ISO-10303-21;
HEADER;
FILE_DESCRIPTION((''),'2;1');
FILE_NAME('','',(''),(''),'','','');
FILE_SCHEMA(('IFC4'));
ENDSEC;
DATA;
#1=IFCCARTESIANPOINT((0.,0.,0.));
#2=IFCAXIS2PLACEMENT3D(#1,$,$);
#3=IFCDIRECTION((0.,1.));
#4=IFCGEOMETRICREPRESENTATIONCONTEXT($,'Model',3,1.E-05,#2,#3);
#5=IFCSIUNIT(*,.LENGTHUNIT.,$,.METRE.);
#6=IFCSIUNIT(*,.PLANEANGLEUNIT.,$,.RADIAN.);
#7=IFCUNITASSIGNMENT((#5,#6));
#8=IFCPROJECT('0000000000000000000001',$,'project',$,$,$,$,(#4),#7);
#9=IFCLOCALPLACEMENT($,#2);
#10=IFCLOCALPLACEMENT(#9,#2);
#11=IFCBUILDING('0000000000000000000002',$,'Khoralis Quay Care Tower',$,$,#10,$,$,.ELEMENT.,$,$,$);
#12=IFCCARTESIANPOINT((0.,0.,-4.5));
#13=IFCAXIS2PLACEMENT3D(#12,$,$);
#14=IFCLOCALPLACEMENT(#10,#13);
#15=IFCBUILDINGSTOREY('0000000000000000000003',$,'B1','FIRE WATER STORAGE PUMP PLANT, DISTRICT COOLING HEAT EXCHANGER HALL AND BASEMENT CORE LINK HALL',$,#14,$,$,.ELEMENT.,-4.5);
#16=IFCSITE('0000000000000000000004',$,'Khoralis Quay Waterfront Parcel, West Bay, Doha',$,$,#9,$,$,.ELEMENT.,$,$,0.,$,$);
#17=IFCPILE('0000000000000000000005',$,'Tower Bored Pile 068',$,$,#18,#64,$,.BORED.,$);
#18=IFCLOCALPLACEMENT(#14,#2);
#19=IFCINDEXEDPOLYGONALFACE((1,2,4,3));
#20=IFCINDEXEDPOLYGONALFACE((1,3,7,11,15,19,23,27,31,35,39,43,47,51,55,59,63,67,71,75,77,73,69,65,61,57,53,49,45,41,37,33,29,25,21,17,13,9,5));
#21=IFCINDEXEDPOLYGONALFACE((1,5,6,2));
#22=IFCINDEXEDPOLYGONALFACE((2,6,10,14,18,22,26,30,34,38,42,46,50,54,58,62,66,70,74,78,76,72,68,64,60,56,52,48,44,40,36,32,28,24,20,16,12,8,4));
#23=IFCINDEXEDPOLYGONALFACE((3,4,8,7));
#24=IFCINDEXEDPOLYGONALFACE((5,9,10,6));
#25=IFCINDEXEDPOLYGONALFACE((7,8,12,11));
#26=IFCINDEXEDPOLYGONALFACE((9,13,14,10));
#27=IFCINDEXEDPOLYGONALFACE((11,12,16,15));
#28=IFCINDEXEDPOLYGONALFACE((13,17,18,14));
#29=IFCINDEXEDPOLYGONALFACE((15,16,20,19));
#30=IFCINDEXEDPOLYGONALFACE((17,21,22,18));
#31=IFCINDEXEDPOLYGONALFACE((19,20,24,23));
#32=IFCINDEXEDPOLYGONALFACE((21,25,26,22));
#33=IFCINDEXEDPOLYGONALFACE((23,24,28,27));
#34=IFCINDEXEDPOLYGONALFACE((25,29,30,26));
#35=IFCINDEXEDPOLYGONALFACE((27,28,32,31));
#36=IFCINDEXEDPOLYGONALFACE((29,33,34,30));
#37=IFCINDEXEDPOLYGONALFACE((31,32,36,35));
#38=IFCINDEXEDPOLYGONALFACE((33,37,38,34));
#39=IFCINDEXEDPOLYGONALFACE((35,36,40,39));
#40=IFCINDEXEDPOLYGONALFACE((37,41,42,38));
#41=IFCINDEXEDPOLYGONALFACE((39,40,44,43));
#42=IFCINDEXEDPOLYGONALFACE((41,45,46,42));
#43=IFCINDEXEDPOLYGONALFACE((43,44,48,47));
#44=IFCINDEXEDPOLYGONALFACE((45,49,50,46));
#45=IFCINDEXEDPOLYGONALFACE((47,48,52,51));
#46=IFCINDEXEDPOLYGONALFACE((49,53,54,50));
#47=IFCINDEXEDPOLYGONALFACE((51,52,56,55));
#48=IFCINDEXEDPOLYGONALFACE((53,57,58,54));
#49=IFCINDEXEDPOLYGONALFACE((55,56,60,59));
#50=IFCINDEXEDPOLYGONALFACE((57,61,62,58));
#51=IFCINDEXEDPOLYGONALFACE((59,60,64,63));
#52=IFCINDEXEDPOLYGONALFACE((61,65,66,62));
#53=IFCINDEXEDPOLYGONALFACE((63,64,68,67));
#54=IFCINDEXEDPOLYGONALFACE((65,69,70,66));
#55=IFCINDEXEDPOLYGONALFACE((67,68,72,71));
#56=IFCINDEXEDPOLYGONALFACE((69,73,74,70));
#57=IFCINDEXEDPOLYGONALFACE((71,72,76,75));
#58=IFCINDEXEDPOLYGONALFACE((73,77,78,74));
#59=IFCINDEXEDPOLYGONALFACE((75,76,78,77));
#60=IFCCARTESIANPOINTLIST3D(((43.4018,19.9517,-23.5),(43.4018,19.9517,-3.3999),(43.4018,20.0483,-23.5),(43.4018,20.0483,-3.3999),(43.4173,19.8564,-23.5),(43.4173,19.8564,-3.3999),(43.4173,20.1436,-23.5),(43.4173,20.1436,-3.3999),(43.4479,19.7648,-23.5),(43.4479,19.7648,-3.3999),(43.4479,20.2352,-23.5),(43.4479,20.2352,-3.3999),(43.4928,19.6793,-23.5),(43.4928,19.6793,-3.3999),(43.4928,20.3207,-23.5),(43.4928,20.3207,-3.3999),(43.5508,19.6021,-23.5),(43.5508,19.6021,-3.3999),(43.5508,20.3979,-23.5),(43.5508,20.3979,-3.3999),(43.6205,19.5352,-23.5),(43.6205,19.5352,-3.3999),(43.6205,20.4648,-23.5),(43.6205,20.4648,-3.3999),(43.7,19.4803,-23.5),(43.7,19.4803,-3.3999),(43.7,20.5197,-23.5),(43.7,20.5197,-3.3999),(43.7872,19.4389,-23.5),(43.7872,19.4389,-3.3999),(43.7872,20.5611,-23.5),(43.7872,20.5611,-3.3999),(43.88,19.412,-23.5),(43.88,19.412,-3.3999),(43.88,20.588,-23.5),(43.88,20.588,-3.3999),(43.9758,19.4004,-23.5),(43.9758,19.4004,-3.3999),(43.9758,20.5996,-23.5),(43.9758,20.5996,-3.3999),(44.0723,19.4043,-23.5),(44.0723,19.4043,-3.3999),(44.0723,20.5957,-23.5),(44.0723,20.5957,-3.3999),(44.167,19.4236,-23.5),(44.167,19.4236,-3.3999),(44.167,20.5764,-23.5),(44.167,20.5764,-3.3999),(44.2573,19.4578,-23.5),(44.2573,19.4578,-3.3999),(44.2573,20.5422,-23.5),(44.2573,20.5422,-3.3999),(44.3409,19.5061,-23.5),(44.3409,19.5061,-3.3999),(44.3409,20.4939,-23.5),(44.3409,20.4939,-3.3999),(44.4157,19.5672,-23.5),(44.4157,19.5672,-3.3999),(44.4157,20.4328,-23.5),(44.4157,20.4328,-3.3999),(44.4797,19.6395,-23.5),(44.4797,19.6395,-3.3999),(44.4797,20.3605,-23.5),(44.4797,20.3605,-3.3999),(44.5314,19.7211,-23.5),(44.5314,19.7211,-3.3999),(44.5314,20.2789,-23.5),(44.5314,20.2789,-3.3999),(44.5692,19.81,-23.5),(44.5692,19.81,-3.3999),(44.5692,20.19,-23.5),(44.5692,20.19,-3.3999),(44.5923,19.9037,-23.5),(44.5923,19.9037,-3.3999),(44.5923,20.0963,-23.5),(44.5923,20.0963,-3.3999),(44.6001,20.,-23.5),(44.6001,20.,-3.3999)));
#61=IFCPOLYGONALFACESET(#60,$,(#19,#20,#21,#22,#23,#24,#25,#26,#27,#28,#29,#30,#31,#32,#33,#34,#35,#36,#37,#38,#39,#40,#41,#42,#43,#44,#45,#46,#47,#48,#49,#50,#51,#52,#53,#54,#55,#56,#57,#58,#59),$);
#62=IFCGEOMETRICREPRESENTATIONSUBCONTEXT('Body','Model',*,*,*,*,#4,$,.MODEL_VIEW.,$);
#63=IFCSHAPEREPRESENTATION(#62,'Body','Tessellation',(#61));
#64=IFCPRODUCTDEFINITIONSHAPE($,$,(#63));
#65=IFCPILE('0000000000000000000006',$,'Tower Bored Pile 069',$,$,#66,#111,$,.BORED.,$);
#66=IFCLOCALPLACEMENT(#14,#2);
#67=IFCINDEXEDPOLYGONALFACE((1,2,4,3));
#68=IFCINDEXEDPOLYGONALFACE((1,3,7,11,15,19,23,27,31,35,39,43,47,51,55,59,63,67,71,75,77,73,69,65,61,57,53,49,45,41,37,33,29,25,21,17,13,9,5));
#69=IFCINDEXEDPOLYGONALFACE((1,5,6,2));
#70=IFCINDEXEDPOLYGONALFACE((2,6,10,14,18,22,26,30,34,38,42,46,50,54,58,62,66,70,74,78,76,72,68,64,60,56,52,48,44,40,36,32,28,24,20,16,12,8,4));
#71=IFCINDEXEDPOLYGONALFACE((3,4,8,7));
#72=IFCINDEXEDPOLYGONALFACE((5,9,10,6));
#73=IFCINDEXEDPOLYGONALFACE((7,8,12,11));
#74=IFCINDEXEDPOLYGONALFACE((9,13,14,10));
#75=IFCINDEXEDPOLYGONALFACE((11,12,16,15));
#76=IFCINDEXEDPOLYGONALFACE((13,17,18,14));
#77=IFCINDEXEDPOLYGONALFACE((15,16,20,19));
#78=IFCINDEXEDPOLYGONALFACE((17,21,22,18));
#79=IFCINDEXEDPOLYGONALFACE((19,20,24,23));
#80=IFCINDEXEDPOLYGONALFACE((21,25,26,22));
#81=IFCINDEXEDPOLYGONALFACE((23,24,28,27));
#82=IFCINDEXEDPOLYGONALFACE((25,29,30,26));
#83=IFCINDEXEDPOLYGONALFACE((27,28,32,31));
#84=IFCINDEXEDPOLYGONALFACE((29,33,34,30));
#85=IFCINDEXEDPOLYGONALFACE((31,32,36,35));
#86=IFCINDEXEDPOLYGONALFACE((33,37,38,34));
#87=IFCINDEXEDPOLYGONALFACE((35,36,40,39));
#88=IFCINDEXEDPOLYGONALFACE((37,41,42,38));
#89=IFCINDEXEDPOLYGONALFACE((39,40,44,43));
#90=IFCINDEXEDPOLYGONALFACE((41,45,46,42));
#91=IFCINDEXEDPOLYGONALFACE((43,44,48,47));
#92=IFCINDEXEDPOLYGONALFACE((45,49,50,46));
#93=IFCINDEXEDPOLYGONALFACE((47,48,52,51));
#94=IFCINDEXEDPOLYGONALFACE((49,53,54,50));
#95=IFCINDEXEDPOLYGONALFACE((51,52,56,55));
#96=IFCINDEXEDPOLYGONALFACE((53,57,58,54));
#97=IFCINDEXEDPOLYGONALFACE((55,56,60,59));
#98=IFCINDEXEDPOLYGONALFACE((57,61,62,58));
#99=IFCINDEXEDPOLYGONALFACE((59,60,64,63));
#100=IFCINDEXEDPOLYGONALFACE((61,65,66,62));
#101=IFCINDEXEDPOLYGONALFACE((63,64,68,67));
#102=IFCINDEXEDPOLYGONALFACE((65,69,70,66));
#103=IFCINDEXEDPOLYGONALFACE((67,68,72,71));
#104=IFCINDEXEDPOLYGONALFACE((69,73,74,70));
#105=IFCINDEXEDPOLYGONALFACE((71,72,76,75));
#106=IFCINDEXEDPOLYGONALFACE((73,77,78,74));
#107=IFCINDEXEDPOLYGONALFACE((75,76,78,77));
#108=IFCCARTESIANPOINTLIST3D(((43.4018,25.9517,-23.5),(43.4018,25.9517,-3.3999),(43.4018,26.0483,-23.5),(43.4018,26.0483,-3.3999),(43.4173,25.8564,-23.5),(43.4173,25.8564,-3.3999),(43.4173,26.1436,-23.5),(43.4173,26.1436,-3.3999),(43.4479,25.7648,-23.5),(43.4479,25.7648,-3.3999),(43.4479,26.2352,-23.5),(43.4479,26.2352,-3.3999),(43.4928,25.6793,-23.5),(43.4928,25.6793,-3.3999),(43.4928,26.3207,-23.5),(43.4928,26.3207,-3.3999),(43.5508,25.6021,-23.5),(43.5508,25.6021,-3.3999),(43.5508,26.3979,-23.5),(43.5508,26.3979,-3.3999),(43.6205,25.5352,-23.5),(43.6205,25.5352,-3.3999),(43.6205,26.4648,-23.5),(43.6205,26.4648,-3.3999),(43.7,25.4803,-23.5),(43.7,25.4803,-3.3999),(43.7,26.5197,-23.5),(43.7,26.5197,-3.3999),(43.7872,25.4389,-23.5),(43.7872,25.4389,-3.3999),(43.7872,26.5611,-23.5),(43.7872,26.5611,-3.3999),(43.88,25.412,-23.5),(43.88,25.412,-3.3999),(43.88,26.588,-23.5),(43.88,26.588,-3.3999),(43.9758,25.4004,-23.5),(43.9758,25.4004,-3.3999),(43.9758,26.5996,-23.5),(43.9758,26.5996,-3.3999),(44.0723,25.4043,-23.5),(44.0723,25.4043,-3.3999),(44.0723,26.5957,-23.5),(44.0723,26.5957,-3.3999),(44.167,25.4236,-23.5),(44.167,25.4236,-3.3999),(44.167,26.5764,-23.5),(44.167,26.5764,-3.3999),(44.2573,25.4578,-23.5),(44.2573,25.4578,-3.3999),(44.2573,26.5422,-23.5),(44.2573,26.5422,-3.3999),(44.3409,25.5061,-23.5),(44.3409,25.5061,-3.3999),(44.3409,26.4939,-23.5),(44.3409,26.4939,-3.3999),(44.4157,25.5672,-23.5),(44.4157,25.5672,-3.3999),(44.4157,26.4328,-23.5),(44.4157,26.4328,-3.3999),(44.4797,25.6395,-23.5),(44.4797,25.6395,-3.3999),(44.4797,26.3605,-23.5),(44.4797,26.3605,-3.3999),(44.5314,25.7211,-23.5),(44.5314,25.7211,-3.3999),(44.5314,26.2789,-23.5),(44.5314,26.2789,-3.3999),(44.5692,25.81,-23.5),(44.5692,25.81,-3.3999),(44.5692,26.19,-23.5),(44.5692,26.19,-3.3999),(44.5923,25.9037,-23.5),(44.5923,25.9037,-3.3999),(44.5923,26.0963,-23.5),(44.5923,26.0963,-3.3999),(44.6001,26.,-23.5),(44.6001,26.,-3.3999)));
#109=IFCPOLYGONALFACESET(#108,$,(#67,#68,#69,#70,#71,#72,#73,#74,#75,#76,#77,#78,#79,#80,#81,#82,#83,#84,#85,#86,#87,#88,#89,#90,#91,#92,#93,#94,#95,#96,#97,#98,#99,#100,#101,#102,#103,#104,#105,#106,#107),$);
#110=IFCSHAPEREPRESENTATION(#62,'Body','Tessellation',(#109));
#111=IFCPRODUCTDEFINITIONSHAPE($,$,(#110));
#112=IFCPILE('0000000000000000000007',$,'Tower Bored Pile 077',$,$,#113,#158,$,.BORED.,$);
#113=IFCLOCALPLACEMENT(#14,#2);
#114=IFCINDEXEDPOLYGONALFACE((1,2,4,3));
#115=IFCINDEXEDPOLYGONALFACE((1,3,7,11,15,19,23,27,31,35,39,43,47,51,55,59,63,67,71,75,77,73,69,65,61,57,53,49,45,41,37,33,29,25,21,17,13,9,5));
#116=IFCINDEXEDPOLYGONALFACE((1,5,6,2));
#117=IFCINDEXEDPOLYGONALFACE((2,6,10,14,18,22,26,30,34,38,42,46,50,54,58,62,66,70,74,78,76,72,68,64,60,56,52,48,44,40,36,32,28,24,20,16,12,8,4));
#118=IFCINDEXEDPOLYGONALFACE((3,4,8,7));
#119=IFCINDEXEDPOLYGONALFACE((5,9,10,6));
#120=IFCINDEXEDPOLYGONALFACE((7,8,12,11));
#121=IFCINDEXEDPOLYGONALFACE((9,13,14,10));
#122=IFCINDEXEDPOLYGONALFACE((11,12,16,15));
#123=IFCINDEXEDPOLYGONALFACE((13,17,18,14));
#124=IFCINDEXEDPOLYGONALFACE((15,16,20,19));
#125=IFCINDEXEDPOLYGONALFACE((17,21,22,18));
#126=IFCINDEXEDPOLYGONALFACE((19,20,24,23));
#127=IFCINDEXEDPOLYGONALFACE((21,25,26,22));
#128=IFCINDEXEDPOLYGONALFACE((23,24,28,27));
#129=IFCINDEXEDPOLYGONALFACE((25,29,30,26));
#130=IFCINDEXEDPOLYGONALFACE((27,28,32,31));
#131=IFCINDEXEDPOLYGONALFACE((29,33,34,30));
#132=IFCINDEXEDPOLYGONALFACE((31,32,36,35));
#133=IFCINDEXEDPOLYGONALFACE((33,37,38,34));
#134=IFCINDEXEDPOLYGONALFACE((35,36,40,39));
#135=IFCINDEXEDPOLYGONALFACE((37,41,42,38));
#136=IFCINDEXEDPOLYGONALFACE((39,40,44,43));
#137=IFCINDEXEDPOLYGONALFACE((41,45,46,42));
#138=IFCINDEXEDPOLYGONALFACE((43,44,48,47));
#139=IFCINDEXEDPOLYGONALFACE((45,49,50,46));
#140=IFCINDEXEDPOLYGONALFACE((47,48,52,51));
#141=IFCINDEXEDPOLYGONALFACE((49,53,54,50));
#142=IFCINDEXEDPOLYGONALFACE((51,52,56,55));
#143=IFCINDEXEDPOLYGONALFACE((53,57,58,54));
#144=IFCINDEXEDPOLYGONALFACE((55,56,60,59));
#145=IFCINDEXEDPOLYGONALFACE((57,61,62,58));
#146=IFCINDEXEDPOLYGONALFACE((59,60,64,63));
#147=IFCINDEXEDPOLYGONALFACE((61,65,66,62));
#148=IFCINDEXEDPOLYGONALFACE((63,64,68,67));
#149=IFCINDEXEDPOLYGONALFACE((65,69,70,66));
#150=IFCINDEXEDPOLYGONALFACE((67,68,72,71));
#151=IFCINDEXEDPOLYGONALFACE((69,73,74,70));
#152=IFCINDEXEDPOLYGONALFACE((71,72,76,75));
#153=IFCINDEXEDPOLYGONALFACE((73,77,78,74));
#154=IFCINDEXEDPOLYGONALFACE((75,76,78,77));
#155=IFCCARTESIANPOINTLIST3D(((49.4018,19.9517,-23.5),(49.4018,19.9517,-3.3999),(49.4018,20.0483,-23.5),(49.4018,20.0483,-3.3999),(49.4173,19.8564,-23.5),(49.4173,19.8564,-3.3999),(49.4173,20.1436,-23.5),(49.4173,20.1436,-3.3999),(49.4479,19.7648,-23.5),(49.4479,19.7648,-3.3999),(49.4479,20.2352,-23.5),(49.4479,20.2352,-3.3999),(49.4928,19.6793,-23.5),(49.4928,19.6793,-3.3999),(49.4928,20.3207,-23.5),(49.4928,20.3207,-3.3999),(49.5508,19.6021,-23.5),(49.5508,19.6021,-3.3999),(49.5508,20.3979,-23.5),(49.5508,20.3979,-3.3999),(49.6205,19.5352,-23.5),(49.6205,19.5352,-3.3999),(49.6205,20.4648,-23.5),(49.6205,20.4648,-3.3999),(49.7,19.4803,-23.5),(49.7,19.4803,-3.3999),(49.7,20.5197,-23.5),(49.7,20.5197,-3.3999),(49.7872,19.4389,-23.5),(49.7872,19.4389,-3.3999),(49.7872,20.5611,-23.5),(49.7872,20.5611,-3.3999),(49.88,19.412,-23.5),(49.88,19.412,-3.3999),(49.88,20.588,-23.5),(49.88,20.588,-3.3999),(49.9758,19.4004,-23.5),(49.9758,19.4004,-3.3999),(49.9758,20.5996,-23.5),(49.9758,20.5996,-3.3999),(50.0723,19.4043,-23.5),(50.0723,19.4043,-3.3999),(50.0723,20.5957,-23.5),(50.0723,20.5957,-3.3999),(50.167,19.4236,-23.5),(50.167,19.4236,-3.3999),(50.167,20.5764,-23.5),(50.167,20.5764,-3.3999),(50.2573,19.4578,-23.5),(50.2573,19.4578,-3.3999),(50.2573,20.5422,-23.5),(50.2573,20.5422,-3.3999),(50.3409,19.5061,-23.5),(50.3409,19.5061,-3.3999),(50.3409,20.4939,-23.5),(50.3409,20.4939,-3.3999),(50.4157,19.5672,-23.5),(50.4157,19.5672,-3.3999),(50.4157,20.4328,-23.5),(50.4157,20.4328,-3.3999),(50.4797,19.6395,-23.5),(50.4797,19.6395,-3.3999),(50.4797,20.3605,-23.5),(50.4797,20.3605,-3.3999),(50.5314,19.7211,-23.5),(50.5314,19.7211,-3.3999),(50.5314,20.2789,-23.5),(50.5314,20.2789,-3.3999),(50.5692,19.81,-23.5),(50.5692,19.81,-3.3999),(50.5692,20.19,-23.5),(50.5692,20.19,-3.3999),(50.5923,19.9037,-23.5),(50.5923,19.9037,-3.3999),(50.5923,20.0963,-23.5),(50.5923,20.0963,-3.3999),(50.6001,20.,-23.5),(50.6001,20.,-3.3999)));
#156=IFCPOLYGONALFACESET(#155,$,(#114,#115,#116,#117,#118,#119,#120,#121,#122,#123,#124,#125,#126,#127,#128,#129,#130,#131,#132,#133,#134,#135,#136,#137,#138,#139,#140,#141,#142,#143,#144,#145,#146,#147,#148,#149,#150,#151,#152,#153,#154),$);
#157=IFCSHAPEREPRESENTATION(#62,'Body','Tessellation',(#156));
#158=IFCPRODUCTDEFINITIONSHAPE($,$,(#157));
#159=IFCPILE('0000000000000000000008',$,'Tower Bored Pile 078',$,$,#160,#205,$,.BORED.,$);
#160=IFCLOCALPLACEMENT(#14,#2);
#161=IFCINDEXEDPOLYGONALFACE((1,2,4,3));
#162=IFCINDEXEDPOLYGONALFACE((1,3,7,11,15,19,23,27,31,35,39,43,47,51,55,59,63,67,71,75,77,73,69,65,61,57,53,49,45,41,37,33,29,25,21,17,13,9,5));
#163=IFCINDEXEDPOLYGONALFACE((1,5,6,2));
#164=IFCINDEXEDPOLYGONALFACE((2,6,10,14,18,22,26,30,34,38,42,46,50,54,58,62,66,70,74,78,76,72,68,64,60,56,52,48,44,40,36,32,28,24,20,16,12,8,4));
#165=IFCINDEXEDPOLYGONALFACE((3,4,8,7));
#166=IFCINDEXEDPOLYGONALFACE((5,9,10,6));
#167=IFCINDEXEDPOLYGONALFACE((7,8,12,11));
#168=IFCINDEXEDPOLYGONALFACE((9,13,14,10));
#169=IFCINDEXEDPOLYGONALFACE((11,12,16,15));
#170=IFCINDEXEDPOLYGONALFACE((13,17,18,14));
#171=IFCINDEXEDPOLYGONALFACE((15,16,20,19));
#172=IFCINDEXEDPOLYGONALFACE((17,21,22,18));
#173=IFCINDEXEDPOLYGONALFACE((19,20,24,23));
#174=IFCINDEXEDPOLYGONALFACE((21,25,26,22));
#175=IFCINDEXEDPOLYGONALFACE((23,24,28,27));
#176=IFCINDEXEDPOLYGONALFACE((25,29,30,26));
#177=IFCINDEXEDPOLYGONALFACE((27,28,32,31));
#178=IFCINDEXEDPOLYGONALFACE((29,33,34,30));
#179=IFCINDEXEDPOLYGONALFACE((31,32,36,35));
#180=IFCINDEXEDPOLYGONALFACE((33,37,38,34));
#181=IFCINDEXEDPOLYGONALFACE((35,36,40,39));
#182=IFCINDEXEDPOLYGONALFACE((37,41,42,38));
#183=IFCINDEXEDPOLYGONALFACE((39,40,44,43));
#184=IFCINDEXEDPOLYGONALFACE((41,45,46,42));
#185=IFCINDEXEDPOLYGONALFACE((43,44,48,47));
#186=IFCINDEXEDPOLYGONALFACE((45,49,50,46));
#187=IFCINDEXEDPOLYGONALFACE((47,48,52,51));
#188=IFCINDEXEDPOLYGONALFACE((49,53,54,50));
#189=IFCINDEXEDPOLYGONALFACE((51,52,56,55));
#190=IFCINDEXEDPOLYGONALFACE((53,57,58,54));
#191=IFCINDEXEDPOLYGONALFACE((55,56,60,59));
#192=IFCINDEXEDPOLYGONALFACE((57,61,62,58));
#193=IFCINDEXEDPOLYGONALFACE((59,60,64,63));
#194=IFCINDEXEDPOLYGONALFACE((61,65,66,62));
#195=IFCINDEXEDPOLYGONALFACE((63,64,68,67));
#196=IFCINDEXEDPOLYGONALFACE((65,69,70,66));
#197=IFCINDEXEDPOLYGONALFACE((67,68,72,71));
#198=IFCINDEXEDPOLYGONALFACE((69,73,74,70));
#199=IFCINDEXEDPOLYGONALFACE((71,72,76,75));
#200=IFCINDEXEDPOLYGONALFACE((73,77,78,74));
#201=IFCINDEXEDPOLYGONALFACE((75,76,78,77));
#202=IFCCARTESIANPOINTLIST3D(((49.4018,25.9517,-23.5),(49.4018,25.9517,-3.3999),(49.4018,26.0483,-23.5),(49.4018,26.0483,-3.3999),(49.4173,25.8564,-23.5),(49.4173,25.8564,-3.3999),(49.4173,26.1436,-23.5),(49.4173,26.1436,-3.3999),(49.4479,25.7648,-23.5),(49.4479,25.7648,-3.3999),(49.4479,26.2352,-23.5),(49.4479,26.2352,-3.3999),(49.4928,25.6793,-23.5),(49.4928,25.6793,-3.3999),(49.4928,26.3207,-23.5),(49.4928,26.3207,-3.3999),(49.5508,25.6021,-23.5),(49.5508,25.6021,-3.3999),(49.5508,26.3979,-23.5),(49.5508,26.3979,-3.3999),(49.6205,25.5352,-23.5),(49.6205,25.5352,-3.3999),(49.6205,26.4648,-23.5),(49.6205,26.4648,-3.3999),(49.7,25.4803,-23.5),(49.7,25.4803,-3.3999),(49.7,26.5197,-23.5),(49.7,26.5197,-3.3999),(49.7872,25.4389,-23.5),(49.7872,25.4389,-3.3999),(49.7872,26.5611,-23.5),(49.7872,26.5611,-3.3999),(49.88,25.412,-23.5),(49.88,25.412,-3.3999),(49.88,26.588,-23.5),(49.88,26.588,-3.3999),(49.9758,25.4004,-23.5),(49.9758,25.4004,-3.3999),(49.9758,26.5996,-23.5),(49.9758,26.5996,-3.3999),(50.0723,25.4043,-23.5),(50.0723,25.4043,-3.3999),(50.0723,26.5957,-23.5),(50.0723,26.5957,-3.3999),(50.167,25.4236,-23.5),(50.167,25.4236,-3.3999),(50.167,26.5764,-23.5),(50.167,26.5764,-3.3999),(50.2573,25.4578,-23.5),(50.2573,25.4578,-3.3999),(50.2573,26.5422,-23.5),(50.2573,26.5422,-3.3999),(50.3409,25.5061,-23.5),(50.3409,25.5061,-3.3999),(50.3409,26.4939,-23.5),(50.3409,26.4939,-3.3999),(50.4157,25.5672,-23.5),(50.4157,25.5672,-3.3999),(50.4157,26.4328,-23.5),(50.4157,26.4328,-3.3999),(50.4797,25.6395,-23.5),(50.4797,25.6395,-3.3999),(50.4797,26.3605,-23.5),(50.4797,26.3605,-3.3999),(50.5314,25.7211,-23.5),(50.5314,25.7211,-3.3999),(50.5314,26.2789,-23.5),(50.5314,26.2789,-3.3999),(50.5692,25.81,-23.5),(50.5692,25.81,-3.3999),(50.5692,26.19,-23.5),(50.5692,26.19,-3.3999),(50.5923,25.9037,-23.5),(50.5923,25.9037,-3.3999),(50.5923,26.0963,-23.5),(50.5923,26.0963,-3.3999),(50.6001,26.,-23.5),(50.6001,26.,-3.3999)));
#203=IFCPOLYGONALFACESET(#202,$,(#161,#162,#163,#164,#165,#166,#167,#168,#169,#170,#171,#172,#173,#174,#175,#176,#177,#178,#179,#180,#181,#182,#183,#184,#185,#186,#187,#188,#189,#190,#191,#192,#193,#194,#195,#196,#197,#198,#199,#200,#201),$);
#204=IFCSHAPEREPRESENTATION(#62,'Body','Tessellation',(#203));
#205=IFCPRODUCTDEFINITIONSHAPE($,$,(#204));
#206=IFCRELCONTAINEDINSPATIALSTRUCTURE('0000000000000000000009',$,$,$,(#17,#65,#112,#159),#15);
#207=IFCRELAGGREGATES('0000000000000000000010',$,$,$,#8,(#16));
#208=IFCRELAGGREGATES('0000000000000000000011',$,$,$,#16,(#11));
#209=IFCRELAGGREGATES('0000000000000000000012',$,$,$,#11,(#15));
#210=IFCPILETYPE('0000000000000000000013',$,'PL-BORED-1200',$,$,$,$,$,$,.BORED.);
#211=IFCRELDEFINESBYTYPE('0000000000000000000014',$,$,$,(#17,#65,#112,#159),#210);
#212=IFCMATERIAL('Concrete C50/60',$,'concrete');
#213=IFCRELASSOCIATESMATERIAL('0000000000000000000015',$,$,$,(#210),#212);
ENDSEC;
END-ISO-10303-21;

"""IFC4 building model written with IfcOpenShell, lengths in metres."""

from ifc_helpers import new_model, si_unit, direction, frame, origin, origin_2d, place, context, subcontext, project, spatial, circle, extrude, source, transform, mapped, material, material_profile, profile_set, type_object, element, save


model = new_model("IFC4")

# Units and contexts
model_context = context("Model", 3, precision=1e-05, world=origin(), true_north=direction((0.0, 1.0)))
body_context = subcontext(model_context, "Body", "Model", "MODEL_VIEW")
ifc_project = project(units=[si_unit("LENGTHUNIT", "METRE"), si_unit("PLANEANGLEUNIT", "RADIAN")], contexts=[model_context])

# Site, building, storey
site_placement = place(None, origin())
site = spatial("IfcSite", under=ifc_project, at=site_placement, Name="Khoralis Quay Waterfront Parcel, West Bay, Doha", CompositionType="ELEMENT", RefElevation=0.0)
building_placement = place(site_placement, origin())
building = spatial("IfcBuilding", under=site, at=building_placement, Name="Khoralis Quay Care Tower", CompositionType="ELEMENT")
storey_placement = place(building_placement, frame((0.0, 0.0, -4.5)))
storey = spatial("IfcBuildingStorey", under=building, at=storey_placement, Name="B1", Description="FIRE WATER STORAGE PUMP PLANT, DISTRICT COOLING HEAT EXCHANGER HALL AND BASEMENT CORE LINK HALL", CompositionType="ELEMENT", Elevation=-4.5)

# Piles
ifc_material_1 = material(Name="Concrete C50/60", Category="concrete")
ifc_material_profile_1 = material_profile(ifc_material_1, circle(Radius=0.6001, at=origin_2d()), Name="Concrete C50/60")
ifc_profile_set_1 = profile_set([ifc_material_profile_1], Name="Concrete C50/60")
pile_type_1 = type_object("IfcPileType", Name="PL-BORED-1200", PredefinedType="BORED", material=ifc_profile_set_1)
shared_shape_1 = source(origin(), body_context, "Body", "SweptSolid", [
    extrude(circle(Radius=0.6001, at=origin_2d()), origin(), (0.0, 0.0, 1.0), 20.1001),
])
for number, where, z_axis, x_axis, name in (
    (1, (44.0, 20.0, -3.3999), (0.0, 0.0, -1.0), (1.0, 0.0, 0.0), "Tower Bored Pile 068"),
    (2, (44.0, 26.0, -3.3999), (0.0, 0.0, -1.0), (1.0, 0.0, 0.0), "Tower Bored Pile 069"),
    (3, (50.0, 20.0, -3.3999), (0.0, 0.0, -1.0), (1.0, 0.0, 0.0), "Tower Bored Pile 077"),
    (4, (50.0, 26.0, -3.3999), (0.0, 0.0, -1.0), (1.0, 0.0, 0.0), "Tower Bored Pile 078"),
):
    element("IfcPile", number, at=place(storey_placement, frame(where, z_axis=z_axis, x_axis=x_axis)), inside=storey, type_object=pile_type_1, Name=name, PredefinedType="BORED", context=body_context, shape_type="MappedRepresentation", body=[
        mapped(shared_shape_1, transform((0.0, 0.0, 0.0), scale=1.0)),
    ])

save(model, "model.ifc")
